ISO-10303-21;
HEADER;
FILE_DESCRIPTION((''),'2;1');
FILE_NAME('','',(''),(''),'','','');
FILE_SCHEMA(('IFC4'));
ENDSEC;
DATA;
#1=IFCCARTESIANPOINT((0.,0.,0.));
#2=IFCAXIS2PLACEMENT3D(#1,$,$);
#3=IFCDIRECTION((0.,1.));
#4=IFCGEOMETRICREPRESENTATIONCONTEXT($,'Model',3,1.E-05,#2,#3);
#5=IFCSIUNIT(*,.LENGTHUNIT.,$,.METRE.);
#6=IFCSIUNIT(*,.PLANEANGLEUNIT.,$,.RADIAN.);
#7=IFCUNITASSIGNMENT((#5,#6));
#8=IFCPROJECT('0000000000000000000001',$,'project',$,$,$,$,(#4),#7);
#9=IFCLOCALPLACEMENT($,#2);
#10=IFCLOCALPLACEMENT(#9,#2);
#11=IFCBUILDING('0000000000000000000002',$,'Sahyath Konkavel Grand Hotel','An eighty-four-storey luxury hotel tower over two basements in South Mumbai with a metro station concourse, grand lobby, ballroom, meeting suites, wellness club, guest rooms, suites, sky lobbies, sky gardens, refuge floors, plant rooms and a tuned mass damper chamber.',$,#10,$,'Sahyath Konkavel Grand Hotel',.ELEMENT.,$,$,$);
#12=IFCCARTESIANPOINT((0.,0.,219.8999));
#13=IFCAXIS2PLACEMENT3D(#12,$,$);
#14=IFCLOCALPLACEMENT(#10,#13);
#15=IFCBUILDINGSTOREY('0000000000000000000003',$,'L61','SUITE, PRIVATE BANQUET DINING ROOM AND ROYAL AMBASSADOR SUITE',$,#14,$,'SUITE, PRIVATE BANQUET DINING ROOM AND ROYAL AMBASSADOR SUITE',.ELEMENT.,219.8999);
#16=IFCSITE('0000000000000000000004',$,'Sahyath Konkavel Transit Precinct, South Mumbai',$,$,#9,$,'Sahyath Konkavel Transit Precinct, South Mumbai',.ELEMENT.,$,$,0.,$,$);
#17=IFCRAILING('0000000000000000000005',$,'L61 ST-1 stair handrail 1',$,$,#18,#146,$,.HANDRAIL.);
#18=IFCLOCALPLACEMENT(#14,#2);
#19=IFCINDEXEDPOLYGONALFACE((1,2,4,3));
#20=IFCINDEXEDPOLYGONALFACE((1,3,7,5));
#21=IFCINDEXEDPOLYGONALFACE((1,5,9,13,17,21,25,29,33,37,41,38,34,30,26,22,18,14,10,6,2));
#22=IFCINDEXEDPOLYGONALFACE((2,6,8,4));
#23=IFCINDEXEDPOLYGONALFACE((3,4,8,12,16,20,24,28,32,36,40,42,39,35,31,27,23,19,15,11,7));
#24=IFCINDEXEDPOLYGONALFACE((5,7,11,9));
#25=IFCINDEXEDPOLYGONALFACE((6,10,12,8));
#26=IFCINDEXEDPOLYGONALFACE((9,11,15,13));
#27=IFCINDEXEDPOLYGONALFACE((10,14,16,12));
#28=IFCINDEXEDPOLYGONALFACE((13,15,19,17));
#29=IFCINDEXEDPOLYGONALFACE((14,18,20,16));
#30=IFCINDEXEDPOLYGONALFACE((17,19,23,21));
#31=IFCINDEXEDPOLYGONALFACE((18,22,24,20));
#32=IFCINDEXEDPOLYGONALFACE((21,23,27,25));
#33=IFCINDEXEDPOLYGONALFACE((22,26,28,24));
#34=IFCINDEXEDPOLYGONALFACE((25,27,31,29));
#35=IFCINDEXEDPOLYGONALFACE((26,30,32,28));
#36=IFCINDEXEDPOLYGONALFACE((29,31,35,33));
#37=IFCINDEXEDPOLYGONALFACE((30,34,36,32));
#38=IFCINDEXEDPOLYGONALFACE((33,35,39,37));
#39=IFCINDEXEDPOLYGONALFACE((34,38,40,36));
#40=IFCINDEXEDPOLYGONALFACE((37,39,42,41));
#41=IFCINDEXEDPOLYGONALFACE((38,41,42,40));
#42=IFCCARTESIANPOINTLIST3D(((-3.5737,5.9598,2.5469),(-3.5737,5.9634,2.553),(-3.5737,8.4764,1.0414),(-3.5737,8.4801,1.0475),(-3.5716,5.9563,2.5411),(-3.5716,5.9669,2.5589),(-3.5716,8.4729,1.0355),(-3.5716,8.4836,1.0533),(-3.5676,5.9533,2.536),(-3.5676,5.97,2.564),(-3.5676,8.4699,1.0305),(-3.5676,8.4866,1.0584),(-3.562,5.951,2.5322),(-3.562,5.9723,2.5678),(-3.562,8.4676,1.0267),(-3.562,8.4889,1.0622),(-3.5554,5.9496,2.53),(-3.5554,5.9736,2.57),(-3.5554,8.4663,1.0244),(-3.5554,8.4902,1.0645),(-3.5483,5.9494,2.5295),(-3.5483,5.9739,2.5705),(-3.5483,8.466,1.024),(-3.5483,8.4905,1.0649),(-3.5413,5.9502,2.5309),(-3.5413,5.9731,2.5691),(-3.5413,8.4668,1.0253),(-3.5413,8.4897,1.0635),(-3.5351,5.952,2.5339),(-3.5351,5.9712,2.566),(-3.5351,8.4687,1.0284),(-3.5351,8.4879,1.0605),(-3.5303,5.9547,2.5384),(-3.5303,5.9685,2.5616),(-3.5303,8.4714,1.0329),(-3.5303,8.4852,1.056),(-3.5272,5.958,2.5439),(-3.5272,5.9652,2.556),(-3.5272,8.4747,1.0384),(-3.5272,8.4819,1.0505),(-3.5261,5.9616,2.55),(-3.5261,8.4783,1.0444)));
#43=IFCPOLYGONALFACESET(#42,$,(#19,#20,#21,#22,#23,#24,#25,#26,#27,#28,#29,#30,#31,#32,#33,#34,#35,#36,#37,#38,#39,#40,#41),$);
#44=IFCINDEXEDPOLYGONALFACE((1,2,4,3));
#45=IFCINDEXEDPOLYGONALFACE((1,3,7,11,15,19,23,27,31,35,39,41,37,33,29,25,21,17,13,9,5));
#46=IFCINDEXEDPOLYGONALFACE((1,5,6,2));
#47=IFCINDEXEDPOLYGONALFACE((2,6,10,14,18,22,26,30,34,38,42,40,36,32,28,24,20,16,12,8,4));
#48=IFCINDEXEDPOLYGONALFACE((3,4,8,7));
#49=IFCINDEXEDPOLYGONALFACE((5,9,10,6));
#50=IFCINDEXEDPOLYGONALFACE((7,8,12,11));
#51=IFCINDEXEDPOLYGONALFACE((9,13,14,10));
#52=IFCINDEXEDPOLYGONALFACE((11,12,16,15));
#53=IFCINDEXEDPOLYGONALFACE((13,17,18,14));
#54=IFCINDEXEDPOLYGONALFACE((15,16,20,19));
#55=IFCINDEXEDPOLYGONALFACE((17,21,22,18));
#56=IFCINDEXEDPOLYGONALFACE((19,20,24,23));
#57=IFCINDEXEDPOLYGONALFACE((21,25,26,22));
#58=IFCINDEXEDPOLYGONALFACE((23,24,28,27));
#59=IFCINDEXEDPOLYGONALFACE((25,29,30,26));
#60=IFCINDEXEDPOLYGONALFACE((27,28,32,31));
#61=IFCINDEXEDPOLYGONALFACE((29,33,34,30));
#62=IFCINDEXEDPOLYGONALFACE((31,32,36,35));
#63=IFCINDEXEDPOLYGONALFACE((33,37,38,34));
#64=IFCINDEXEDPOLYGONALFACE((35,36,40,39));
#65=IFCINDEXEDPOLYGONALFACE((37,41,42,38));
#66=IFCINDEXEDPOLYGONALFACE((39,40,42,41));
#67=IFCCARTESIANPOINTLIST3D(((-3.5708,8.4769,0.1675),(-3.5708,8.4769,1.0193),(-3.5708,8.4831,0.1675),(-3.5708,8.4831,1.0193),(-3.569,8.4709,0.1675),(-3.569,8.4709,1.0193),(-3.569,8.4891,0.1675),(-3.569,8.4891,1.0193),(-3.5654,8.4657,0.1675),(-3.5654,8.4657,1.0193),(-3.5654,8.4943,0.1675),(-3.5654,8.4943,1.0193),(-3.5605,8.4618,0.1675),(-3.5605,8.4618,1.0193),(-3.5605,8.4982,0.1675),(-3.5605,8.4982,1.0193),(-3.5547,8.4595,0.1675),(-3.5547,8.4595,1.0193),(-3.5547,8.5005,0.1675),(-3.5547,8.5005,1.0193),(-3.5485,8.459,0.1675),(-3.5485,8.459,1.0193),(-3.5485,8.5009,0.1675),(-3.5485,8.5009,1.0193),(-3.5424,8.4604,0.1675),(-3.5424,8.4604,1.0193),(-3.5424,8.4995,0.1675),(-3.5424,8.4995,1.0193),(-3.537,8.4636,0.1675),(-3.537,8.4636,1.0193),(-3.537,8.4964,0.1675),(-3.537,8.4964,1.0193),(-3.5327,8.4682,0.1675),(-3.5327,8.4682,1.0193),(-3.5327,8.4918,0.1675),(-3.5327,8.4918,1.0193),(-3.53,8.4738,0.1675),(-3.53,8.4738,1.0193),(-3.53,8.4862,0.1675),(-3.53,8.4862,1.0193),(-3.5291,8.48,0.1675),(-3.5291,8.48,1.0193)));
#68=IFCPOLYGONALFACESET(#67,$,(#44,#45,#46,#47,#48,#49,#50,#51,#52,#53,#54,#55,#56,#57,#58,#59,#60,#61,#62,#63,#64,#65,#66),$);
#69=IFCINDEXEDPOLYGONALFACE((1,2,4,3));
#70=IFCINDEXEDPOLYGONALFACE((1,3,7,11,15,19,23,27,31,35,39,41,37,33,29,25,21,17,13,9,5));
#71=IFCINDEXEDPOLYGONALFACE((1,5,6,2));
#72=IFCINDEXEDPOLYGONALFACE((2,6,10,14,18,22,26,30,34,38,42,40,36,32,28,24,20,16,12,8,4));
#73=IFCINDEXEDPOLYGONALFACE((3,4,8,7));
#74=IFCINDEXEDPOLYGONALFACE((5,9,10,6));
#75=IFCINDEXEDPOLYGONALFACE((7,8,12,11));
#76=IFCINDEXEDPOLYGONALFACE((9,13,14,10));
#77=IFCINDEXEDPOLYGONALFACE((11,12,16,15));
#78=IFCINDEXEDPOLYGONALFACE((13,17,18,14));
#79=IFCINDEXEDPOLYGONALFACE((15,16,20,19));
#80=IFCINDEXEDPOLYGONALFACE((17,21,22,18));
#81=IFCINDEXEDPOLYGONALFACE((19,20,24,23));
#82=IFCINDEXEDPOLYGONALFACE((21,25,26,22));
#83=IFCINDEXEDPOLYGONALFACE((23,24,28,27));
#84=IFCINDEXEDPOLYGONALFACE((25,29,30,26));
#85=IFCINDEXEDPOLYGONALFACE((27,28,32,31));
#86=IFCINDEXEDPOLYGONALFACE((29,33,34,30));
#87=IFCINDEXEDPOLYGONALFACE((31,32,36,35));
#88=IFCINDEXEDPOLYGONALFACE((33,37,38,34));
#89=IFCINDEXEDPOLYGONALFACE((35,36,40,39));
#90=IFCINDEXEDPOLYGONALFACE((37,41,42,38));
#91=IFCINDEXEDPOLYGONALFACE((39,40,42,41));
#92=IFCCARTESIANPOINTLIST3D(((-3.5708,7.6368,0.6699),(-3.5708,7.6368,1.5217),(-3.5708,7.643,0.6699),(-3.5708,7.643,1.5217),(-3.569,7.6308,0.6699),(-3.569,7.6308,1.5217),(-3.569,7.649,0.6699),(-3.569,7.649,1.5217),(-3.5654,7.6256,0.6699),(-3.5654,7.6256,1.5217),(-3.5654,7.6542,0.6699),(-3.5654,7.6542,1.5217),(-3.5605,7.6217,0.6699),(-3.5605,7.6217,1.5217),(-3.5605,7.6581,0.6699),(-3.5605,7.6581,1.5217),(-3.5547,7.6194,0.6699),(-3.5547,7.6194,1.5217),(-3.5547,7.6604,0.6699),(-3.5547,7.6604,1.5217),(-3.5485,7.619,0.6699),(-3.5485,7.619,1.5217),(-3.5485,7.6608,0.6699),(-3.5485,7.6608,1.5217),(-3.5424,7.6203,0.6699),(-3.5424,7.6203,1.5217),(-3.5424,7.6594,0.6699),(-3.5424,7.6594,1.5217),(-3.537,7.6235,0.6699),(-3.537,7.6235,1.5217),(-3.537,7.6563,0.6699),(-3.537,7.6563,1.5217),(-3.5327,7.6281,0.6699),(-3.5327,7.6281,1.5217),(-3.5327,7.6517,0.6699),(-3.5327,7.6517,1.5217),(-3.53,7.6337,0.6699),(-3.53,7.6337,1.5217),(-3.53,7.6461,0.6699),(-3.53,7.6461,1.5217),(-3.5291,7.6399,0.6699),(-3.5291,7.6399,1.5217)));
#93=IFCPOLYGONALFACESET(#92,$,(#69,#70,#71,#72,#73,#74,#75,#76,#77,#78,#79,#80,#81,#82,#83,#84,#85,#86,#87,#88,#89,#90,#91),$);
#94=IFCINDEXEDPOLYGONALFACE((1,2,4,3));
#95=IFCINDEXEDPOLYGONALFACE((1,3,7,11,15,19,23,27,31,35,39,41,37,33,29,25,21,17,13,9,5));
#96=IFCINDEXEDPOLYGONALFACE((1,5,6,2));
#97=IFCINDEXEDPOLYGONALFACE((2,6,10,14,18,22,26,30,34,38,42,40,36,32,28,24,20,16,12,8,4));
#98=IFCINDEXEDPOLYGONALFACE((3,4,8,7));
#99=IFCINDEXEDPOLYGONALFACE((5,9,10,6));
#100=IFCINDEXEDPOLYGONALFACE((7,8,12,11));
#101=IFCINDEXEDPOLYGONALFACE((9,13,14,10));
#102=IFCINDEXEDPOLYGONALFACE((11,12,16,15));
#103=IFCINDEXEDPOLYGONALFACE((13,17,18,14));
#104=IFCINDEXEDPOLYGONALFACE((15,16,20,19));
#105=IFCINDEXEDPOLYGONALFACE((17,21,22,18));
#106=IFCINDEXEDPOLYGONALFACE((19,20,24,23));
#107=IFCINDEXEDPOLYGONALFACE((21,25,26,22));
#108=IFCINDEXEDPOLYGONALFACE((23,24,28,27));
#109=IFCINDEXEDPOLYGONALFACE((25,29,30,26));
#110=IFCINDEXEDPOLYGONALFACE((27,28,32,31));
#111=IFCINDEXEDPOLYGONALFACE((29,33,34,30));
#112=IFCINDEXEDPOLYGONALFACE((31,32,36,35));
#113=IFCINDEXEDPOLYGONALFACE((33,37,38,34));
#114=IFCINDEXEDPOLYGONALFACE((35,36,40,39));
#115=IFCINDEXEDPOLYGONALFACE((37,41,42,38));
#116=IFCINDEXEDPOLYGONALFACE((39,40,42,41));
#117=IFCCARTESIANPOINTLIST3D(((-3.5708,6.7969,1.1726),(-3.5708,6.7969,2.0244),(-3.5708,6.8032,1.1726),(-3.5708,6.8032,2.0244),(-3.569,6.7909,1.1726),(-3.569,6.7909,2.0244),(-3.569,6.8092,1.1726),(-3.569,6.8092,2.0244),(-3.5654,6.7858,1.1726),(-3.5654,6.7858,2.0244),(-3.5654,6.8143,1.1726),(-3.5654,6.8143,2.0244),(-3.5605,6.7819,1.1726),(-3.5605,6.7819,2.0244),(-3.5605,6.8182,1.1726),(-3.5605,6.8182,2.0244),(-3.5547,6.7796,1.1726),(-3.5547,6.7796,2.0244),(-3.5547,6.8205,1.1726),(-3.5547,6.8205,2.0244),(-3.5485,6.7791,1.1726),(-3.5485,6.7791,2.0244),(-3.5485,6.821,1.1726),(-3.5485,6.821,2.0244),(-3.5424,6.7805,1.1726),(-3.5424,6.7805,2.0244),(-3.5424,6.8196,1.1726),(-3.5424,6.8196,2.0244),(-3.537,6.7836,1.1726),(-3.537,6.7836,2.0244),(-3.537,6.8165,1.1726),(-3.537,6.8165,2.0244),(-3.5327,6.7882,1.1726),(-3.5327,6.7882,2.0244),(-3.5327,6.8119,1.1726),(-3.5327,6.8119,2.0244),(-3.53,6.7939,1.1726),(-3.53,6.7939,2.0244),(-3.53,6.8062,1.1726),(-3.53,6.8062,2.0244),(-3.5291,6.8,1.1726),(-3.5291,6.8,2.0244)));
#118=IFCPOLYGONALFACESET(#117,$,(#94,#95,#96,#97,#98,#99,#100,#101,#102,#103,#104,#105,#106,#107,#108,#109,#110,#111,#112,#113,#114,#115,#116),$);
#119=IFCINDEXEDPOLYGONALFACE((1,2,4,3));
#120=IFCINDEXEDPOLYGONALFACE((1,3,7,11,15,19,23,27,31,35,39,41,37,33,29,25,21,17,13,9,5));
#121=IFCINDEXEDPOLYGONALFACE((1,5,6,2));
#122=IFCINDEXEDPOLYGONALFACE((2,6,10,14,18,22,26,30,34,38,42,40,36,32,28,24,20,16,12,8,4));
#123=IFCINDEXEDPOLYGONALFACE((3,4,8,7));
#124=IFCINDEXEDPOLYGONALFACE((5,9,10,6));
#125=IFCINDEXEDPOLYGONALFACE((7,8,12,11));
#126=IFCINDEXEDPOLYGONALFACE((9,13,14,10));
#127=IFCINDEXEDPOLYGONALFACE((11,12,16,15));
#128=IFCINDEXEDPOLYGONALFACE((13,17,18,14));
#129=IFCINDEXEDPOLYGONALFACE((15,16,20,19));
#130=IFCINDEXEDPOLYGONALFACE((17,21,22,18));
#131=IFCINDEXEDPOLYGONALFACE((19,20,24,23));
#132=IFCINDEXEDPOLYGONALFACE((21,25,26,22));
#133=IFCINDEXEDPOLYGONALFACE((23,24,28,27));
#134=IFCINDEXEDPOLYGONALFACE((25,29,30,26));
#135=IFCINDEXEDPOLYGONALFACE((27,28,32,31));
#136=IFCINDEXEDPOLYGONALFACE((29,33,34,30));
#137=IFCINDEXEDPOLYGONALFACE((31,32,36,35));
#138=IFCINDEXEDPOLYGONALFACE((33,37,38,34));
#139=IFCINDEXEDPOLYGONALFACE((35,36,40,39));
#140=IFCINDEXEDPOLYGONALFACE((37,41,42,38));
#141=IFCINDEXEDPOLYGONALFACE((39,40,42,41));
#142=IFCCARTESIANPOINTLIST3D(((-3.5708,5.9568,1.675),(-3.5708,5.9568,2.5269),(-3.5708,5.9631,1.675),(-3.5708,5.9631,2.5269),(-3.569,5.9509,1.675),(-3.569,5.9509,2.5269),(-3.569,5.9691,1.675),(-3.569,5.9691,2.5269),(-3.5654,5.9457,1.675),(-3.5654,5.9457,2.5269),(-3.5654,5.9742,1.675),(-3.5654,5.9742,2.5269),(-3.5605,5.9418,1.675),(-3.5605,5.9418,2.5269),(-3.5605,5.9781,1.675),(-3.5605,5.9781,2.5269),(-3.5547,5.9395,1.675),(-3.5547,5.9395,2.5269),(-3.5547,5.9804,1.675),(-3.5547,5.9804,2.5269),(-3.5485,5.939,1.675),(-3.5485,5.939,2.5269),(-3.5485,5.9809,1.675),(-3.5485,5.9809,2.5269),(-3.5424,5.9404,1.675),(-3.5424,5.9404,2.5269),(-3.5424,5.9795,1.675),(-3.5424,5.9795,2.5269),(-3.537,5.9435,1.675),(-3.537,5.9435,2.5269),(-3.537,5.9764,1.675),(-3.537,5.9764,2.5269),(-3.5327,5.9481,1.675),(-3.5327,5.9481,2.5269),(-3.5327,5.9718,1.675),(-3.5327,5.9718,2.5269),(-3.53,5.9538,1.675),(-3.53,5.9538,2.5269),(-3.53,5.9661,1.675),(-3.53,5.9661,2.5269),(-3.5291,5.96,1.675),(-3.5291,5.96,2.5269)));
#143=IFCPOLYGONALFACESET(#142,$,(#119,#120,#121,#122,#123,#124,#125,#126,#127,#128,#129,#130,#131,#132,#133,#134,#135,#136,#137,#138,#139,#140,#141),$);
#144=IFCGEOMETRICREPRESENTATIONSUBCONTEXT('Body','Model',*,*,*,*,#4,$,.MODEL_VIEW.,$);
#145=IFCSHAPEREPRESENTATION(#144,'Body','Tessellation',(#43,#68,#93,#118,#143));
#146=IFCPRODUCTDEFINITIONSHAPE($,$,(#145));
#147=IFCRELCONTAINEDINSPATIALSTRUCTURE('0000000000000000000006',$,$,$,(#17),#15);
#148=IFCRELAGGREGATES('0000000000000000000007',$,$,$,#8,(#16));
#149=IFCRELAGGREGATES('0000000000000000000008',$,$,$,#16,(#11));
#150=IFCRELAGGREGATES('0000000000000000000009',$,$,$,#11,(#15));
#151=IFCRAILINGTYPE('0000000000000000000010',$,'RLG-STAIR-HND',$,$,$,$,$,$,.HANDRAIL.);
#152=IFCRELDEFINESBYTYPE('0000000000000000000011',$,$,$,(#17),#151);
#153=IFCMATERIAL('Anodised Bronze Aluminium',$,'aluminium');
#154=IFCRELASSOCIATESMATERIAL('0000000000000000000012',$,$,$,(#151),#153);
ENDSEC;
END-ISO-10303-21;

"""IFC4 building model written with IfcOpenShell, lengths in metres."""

from ifc_helpers import new_model, si_unit, direction, frame, origin, origin_2d, place, context, subcontext, project, spatial, circle, extrude, material, type_object, element, save


model = new_model("IFC4")

# Units and contexts
model_context = context("Model", 3, precision=1e-05, world=origin(), true_north=direction((0.0, 1.0)))
body_context = subcontext(model_context, "Body", "Model", "MODEL_VIEW")
ifc_project = project(units=[si_unit("LENGTHUNIT", "METRE"), si_unit("PLANEANGLEUNIT", "RADIAN")], contexts=[model_context])

# Site, building, storey
site_placement = place(None, origin())
site = spatial("IfcSite", under=ifc_project, at=site_placement, Name="Sahyath Konkavel Transit Precinct, South Mumbai", LongName="Sahyath Konkavel Transit Precinct, South Mumbai", CompositionType="ELEMENT", RefElevation=0.0)
building_placement = place(site_placement, origin())
building = spatial("IfcBuilding", under=site, at=building_placement, Name="Sahyath Konkavel Grand Hotel", Description="An eighty-four-storey luxury hotel tower over two basements in South Mumbai with a metro station concourse, grand lobby, ballroom, meeting suites, wellness club, guest rooms, suites, sky lobbies, sky gardens, refuge floors, plant rooms and a tuned mass damper chamber.", LongName="Sahyath Konkavel Grand Hotel", CompositionType="ELEMENT")
storey_placement = place(building_placement, frame((0.0, 0.0, 219.8999)))
storey = spatial("IfcBuildingStorey", under=building, at=storey_placement, Name="L61", Description="SUITE, PRIVATE BANQUET DINING ROOM AND ROYAL AMBASSADOR SUITE", LongName="SUITE, PRIVATE BANQUET DINING ROOM AND ROYAL AMBASSADOR SUITE", CompositionType="ELEMENT", Elevation=219.8999)

# Shared definitions
ifc_material_1 = material(Name="Anodised Bronze Aluminium", Category="aluminium")

# Railing
railing_type_1 = type_object("IfcRailingType", Name="RLG-STAIR-HND", PredefinedType="HANDRAIL", material=ifc_material_1)
railing_1_placement = place(storey_placement, frame((-3.55, 8.48, 0.1675)))
element("IfcRailing", 1, at=railing_1_placement, inside=storey, type_object=railing_type_1, Name="L61 ST-1 stair handrail 1", PredefinedType="HANDRAIL", context=body_context, shape_type="SweptSolid", body=[
    extrude(circle(Radius=0.0239, at=origin_2d()), frame((0.0, -0.0017, 0.877), z_axis=(0.0, -0.85816, 0.513383), x_axis=(1.0, 0.0, 0.0)), (0.0, 0.0, 1.0), 2.9326),
    extrude(circle(Radius=0.021, at=origin_2d()), origin(), (0.0, 0.0, 1.0), 0.8518),
    extrude(circle(Radius=0.021, at=origin_2d()), frame((0.0, -0.8401, 0.5024)), (0.0, 0.0, 1.0), 0.8518),
    extrude(circle(Radius=0.021, at=origin_2d()), frame((0.0, -1.6799, 1.0051)), (0.0, 0.0, 1.0), 0.8518),
    extrude(circle(Radius=0.021, at=origin_2d()), frame((0.0, -2.52, 1.5076)), (0.0, 0.0, 1.0), 0.8518),
])

save(model, "model.ifc")
